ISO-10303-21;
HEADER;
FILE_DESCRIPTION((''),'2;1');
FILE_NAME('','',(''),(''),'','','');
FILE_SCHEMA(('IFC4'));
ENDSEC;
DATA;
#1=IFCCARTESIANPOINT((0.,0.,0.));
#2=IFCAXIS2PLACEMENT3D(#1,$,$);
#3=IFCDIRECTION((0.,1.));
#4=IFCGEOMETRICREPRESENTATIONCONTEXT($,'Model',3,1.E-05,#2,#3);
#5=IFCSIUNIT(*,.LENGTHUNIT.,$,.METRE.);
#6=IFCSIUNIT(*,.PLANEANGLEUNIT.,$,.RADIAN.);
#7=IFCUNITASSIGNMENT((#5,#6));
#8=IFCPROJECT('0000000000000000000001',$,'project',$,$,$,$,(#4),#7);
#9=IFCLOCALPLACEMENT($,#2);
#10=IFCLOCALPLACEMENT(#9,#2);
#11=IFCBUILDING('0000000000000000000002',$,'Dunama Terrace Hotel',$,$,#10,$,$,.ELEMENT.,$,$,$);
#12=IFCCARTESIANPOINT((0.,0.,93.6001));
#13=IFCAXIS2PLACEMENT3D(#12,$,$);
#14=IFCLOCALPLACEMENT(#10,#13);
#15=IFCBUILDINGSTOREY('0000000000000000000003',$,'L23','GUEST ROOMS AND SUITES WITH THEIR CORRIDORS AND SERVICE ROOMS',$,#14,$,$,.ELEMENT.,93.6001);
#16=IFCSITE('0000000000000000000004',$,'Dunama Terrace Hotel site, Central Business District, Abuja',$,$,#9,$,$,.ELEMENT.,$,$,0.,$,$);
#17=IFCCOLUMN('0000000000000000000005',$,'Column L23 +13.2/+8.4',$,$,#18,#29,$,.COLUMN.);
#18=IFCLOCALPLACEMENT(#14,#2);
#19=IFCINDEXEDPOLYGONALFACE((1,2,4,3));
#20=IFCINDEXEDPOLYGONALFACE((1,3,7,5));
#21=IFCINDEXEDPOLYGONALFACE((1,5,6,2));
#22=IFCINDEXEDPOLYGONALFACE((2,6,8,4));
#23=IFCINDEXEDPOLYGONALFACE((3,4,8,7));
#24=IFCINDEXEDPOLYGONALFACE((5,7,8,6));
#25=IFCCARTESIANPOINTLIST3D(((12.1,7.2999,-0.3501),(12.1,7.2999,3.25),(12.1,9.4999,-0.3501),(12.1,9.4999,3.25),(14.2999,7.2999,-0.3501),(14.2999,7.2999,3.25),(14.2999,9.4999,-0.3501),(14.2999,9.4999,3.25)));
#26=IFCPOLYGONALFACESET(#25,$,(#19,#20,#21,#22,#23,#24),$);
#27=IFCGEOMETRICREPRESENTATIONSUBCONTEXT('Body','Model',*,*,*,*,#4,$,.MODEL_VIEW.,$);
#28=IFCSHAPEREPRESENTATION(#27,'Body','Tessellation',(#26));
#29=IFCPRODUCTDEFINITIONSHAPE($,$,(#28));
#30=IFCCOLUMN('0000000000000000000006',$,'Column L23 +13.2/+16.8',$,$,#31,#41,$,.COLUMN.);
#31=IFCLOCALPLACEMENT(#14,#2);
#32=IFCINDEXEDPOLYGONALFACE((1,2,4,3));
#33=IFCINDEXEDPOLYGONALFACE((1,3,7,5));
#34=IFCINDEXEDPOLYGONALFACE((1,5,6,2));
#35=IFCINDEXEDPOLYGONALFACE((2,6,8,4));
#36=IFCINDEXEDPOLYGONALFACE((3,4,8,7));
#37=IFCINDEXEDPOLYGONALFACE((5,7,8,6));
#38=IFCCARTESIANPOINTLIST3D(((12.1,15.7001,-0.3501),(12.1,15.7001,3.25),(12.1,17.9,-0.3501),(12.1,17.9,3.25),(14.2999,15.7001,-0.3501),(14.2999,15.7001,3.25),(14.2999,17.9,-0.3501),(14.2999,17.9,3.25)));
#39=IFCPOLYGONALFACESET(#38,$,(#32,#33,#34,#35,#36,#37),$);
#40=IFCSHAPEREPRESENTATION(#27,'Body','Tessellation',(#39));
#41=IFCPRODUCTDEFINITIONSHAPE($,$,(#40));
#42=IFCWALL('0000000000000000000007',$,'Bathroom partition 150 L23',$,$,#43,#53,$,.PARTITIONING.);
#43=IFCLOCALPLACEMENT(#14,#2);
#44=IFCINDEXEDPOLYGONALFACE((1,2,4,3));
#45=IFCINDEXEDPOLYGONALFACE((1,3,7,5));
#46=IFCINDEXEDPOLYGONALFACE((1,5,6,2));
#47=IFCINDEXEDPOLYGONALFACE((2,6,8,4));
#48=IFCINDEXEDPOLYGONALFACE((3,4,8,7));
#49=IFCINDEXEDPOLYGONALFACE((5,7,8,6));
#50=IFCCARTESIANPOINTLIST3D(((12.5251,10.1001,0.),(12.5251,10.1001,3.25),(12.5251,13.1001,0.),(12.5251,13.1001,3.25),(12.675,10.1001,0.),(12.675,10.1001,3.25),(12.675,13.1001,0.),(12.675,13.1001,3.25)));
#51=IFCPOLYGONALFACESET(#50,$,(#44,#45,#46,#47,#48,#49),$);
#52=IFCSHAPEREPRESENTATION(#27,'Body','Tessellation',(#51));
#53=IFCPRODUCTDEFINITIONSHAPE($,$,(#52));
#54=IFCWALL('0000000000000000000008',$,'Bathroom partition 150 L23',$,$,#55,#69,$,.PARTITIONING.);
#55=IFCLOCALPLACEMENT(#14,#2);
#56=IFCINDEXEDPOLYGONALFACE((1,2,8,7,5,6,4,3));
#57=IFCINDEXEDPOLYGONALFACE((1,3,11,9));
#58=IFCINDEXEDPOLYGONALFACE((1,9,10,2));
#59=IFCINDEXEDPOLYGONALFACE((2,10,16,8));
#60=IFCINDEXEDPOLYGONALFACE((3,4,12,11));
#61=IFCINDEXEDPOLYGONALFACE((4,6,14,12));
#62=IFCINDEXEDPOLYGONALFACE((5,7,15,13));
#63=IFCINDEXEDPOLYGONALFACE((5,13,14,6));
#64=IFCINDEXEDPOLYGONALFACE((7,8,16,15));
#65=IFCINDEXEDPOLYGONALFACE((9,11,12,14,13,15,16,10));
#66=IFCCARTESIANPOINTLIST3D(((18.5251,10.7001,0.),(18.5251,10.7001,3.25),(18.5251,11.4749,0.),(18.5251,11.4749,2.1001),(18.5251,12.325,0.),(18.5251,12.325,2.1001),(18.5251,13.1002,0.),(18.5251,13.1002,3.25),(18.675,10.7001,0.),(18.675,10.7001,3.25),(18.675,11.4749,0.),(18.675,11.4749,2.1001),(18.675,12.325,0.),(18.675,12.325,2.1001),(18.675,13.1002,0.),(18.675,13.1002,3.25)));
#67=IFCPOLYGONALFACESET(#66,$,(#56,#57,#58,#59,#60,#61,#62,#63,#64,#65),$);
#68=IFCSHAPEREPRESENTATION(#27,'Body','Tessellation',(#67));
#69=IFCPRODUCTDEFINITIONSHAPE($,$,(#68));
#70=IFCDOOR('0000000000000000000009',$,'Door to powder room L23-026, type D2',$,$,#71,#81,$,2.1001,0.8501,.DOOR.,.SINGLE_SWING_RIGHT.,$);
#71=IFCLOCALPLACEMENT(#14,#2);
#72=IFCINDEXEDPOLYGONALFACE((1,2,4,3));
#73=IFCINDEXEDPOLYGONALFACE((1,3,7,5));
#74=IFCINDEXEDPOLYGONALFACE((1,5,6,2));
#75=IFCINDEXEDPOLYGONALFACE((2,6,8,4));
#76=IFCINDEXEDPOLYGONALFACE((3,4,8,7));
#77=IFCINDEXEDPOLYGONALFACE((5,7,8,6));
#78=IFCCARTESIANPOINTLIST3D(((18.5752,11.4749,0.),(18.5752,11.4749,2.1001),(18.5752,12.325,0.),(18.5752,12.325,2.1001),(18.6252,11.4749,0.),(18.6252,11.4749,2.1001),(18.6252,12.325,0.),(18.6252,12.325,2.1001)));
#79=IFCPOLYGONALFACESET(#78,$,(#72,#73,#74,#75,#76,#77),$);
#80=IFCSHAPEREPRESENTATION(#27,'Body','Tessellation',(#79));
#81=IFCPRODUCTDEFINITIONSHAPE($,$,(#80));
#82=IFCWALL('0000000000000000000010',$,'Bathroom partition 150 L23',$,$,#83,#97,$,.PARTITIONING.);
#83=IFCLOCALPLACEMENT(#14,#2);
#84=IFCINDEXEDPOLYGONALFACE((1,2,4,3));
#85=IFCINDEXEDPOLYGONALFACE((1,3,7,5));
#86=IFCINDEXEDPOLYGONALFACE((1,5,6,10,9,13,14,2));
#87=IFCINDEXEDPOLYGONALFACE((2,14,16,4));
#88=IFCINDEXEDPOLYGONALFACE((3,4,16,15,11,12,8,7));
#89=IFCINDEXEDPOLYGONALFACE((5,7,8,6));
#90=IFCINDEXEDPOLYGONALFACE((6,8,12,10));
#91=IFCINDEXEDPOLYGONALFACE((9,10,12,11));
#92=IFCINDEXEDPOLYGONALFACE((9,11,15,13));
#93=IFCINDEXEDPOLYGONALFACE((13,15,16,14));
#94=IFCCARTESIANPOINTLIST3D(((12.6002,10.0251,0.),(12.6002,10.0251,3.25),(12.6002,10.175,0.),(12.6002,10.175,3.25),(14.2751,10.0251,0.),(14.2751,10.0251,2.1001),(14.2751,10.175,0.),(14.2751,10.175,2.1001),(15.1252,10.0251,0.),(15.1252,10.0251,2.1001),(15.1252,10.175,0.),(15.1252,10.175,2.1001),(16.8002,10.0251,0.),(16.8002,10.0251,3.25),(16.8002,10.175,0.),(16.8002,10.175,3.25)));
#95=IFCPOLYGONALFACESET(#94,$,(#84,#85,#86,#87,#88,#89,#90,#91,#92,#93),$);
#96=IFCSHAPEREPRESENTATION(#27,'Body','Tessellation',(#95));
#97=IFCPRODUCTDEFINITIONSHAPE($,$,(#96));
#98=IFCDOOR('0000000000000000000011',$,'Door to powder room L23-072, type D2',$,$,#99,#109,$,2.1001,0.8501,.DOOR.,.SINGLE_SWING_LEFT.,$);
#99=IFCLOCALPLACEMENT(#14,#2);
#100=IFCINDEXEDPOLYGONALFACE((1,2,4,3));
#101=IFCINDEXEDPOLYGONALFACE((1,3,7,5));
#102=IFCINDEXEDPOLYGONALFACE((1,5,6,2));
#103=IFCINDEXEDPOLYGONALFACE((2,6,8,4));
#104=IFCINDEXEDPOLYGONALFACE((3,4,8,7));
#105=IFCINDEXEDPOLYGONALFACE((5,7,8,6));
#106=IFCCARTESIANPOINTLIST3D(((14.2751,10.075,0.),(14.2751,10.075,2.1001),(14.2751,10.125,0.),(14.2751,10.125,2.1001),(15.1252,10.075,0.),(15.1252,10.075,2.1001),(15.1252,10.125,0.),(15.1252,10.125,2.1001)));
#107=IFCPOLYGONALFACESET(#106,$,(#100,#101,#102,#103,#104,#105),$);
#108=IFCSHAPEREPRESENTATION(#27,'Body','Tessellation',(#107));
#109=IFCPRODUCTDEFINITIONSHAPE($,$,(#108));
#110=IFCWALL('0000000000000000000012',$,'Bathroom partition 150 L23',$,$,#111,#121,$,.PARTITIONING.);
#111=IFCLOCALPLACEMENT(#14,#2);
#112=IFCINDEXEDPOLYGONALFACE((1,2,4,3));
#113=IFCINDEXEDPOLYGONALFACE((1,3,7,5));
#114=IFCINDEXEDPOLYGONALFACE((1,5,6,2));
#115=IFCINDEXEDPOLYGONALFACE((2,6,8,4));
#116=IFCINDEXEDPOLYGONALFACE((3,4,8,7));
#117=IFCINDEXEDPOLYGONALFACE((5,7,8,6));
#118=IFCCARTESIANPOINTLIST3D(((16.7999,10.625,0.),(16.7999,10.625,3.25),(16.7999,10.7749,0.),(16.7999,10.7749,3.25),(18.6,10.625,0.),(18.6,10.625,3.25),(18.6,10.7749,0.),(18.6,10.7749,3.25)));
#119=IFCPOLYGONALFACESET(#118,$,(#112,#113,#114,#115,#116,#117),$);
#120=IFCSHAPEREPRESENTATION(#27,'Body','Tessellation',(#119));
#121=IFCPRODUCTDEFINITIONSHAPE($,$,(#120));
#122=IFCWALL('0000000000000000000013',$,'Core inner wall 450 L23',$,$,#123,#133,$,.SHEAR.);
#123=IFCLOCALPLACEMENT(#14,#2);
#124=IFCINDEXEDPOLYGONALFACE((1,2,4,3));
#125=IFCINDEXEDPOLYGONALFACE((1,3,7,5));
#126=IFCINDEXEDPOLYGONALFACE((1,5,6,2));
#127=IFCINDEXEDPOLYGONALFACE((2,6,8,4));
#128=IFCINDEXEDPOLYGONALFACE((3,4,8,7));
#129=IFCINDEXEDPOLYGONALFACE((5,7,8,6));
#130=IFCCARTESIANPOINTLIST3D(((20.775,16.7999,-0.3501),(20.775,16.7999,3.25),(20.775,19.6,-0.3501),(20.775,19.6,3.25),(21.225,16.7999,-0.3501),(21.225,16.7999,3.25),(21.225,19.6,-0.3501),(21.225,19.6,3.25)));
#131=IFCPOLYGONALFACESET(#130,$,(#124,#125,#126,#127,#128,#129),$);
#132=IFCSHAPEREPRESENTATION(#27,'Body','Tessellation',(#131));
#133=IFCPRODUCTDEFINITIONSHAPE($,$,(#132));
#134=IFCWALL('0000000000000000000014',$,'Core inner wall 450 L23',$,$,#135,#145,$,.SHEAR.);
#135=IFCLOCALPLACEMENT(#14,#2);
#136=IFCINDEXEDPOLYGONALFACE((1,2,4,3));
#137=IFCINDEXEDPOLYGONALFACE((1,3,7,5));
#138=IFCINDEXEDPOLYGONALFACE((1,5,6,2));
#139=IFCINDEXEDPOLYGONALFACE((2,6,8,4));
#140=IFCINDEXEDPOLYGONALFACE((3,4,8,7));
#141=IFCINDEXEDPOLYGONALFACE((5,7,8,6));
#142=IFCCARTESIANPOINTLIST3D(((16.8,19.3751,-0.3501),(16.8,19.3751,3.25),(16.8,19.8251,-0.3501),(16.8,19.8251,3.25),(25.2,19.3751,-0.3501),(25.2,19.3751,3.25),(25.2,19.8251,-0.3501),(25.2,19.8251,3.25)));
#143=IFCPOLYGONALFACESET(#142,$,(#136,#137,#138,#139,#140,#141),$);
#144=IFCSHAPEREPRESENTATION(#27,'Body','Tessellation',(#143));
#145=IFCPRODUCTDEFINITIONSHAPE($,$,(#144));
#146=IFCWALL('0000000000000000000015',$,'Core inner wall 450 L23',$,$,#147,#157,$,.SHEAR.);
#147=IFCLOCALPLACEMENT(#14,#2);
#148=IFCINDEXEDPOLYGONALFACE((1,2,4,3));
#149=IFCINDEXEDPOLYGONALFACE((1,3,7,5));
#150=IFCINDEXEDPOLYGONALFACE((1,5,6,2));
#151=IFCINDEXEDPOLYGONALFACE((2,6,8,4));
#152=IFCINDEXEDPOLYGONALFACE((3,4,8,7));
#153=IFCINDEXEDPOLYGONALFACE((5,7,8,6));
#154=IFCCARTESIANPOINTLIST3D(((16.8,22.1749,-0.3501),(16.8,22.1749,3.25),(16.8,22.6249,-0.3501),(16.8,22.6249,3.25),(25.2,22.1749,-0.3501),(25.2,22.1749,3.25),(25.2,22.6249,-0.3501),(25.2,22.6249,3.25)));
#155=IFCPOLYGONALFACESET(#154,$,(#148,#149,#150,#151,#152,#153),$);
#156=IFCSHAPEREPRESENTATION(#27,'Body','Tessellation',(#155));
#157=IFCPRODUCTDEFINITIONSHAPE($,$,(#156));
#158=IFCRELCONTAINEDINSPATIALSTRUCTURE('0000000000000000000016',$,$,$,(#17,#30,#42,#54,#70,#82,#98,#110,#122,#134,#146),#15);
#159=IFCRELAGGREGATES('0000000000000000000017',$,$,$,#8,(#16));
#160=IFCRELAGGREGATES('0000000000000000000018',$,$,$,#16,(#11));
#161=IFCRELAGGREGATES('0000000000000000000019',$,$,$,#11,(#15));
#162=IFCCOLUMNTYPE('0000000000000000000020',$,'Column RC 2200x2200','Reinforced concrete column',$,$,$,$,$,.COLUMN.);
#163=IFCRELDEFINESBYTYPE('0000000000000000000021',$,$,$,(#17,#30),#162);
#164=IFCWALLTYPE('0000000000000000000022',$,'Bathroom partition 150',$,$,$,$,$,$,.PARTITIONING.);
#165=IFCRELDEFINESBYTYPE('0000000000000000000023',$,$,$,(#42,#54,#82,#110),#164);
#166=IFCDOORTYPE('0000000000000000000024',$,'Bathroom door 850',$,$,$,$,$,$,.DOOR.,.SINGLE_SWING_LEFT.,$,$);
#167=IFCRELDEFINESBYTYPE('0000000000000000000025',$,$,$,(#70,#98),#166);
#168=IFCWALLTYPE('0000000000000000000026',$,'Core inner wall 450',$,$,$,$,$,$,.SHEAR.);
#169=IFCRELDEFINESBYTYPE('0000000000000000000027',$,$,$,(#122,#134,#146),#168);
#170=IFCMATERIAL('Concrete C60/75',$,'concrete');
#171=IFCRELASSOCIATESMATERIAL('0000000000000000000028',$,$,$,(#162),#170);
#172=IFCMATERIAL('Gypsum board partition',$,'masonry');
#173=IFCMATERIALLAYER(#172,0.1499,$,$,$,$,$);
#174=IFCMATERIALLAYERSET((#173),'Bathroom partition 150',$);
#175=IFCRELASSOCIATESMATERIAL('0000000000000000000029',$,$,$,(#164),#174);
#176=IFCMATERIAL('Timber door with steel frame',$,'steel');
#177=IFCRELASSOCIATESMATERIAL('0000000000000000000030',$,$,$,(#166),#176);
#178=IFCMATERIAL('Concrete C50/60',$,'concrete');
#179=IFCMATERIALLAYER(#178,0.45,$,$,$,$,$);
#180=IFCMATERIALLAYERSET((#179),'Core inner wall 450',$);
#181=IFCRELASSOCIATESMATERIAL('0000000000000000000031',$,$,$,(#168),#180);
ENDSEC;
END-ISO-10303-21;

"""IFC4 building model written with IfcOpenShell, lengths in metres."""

from ifc_helpers import new_model, si_unit, direction, frame, frame_2d, origin, origin_2d, place, context, subcontext, project, spatial, rectangle, extrude, material, layer, layer_set, material_profile, profile_set, type_object, element, fill, save


model = new_model("IFC4")

# Units and contexts
model_context = context("Model", 3, precision=1e-05, world=origin(), true_north=direction((0.0, 1.0)))
body_context = subcontext(model_context, "Body", "Model", "MODEL_VIEW")
ifc_project = project(units=[si_unit("LENGTHUNIT", "METRE"), si_unit("PLANEANGLEUNIT", "RADIAN")], contexts=[model_context])

# Site, building, storey
site_placement = place(None, origin())
site = spatial("IfcSite", under=ifc_project, at=site_placement, Name="Dunama Terrace Hotel site, Central Business District, Abuja", CompositionType="ELEMENT", RefElevation=0.0)
building_placement = place(site_placement, origin())
building = spatial("IfcBuilding", under=site, at=building_placement, Name="Dunama Terrace Hotel", CompositionType="ELEMENT")
storey_placement = place(building_placement, frame((0.0, 0.0, 93.6001)))
storey = spatial("IfcBuildingStorey", under=building, at=storey_placement, Name="L23", Description="GUEST ROOMS AND SUITES WITH THEIR CORRIDORS AND SERVICE ROOMS", CompositionType="ELEMENT", Elevation=93.6001)

# Columns
ifc_material_1 = material(Name="Concrete C60/75", Category="concrete")
ifc_material_profile = material_profile(ifc_material_1, rectangle(XDim=2.2, YDim=2.2, at=origin_2d()), Name="RC 2200x2200")
ifc_profile_set = profile_set([ifc_material_profile], Name="Concrete C60/75")
column_type = type_object("IfcColumnType", Name="Column RC 2200x2200", Description="Reinforced concrete column", PredefinedType="COLUMN", material=ifc_profile_set)
for number, where, z_axis, x_axis, name in (
    (1, (13.2, 8.3999, -0.3501), (0.0, 0.0, 1.0), (1.0, 0.0, 0.0), "Column L23 +13.2/+8.4"),
    (2, (13.2, 16.8, -0.3501), (0.0, 0.0, 1.0), (1.0, 0.0, 0.0), "Column L23 +13.2/+16.8"),
):
    element("IfcColumn", number, at=place(storey_placement, frame(where, z_axis=z_axis, x_axis=x_axis)), inside=storey, type_object=column_type, Name=name, PredefinedType="COLUMN", context=body_context, shape_type="SweptSolid", body=[
        extrude(rectangle(XDim=2.2, YDim=2.2, at=origin_2d()), origin(), (0.0, 0.0, 1.0), 3.6001),
    ])

# Wall
ifc_material_2 = material(Name="Gypsum board partition", Category="masonry")
ifc_layer_1 = layer(ifc_material_2, 0.1499)
ifc_layer_set_1 = layer_set([ifc_layer_1], Name="Bathroom partition 150")
wall_type_1 = type_object("IfcWallType", Name="Bathroom partition 150", PredefinedType="PARTITIONING", material=ifc_layer_set_1)
wall_1_placement = place(storey_placement, frame((12.6001, 10.1001, 0.0), z_axis=(0.0, 0.0, 1.0), x_axis=(0.0, 1.0, 0.0)))
element("IfcWall", 3, at=wall_1_placement, inside=storey, type_object=wall_type_1, Name="Bathroom partition 150 L23", PredefinedType="PARTITIONING", context=body_context, shape_type="SweptSolid", body=[
    extrude(rectangle(XDim=3.0, YDim=0.1499, at=frame_2d((1.5, 0.0))), origin(), (0.0, 0.0, 1.0), 3.25),
])

# Walls, openings, doors
wall_2_placement = place(storey_placement, frame((18.6001, 10.7, 0.0), z_axis=(0.0, 0.0, 1.0), x_axis=(0.0, 1.0, 0.0)))
wall_2 = element("IfcWall", 4, at=wall_2_placement, inside=storey, type_object=wall_type_1, Name="Bathroom partition 150 L23", PredefinedType="PARTITIONING", context=body_context, shape_type="SweptSolid", body=[
    extrude(rectangle(XDim=2.4001, YDim=0.1499, at=frame_2d((1.2002, 0.0))), origin(), (0.0, 0.0, 1.0), 3.25),
])
opening_1_placement = place(wall_2_placement, frame((0.7749, 0.0, 0.0)))
opening_1 = element("IfcOpeningElement", 5, at=opening_1_placement, cuts=wall_2, PredefinedType="OPENING", context=body_context, shape_type="SweptSolid", body=[
    extrude(rectangle(XDim=0.8501, YDim=2.1001, at=frame_2d((0.425, 1.05))), frame((0.0, 0.085, 0.0), z_axis=(0.0, -1.0, 0.0), x_axis=(1.0, 0.0, 0.0)), (0.0, 0.0, 1.0), 0.1699),
])
ifc_material_3 = material(Name="Timber door with steel frame", Category="steel")
door_type_1 = type_object("IfcDoorType", Name="Bathroom door 850", OperationType="SINGLE_SWING_LEFT", PredefinedType="DOOR", material=ifc_material_3)
door_1_placement = place(opening_1_placement, origin())
door_1 = element("IfcDoor", 6, at=door_1_placement, inside=storey, type_object=door_type_1, Name="Door to powder room L23-026, type D2", OperationType="SINGLE_SWING_RIGHT", OverallHeight=2.1001, OverallWidth=0.8501, PredefinedType="DOOR", context=body_context, shape_type="SweptSolid", body=[
    extrude(rectangle(XDim=0.8501, YDim=2.1001, at=frame_2d((0.425, 1.05))), frame((0.0, 0.0249, 0.0), z_axis=(0.0, -1.0, 0.0), x_axis=(1.0, 0.0, 0.0)), (0.0, 0.0, 1.0), 0.05),
])
fill(opening_1, door_1)
wall_3_placement = place(storey_placement, frame((12.6001, 10.1001, 0.0), z_axis=(0.0, 0.0, 1.0), x_axis=(1.0, 0.0, 0.0)))
wall_3 = element("IfcWall", 7, at=wall_3_placement, inside=storey, type_object=wall_type_1, Name="Bathroom partition 150 L23", PredefinedType="PARTITIONING", context=body_context, shape_type="SweptSolid", body=[
    extrude(rectangle(XDim=4.2, YDim=0.1499, at=frame_2d((2.1001, 0.0))), origin(), (0.0, 0.0, 1.0), 3.25),
])
opening_2_placement = place(wall_3_placement, frame((1.675, 0.0, 0.0)))
opening_2 = element("IfcOpeningElement", 8, at=opening_2_placement, cuts=wall_3, PredefinedType="OPENING", context=body_context, shape_type="SweptSolid", body=[
    extrude(rectangle(XDim=0.8501, YDim=2.1001, at=frame_2d((0.425, 1.05))), frame((0.0, 0.085, 0.0), z_axis=(0.0, -1.0, 0.0), x_axis=(1.0, 0.0, 0.0)), (0.0, 0.0, 1.0), 0.1699),
])
door_2_placement = place(opening_2_placement, origin())
door_2 = element("IfcDoor", 9, at=door_2_placement, inside=storey, type_object=door_type_1, Name="Door to powder room L23-072, type D2", OperationType="SINGLE_SWING_LEFT", OverallHeight=2.1001, OverallWidth=0.8501, PredefinedType="DOOR", context=body_context, shape_type="SweptSolid", body=[
    extrude(rectangle(XDim=0.8501, YDim=2.1001, at=frame_2d((0.425, 1.05))), frame((0.0, 0.0249, 0.0), z_axis=(0.0, -1.0, 0.0), x_axis=(1.0, 0.0, 0.0)), (0.0, 0.0, 1.0), 0.05),
])
fill(opening_2, door_2)

# Walls
wall_4_placement = place(storey_placement, frame((16.8, 10.7, 0.0), z_axis=(0.0, 0.0, 1.0), x_axis=(1.0, 0.0, 0.0)))
element("IfcWall", 10, at=wall_4_placement, inside=storey, type_object=wall_type_1, Name="Bathroom partition 150 L23", PredefinedType="PARTITIONING", context=body_context, shape_type="SweptSolid", body=[
    extrude(rectangle(XDim=1.8, YDim=0.1499, at=frame_2d((0.8999, 0.0))), origin(), (0.0, 0.0, 1.0), 3.25),
])
ifc_material_4 = material(Name="Concrete C50/60", Category="concrete")
ifc_layer_2 = layer(ifc_material_4, 0.45)
ifc_layer_set_2 = layer_set([ifc_layer_2], Name="Core inner wall 450")
wall_type_2 = type_object("IfcWallType", Name="Core inner wall 450", PredefinedType="SHEAR", material=ifc_layer_set_2)
wall_5_placement = place(storey_placement, frame((21.0, 16.8, -0.3501), z_axis=(0.0, 0.0, 1.0), x_axis=(0.0, 1.0, 0.0)))
element("IfcWall", 11, at=wall_5_placement, inside=storey, type_object=wall_type_2, Name="Core inner wall 450 L23", PredefinedType="SHEAR", context=body_context, shape_type="SweptSolid", body=[
    extrude(rectangle(XDim=2.8, YDim=0.45, at=frame_2d((1.3999, 0.0))), origin(), (0.0, 0.0, 1.0), 3.6001),
])
for number, where, z_axis, x_axis, name in (
    (12, (16.8, 19.6001, -0.3501), (0.0, 0.0, 1.0), (1.0, 0.0, 0.0), "Core inner wall 450 L23"),
    (13, (16.8, 22.3999, -0.3501), (0.0, 0.0, 1.0), (1.0, 0.0, 0.0), "Core inner wall 450 L23"),
):
    element("IfcWall", number, at=place(storey_placement, frame(where, z_axis=z_axis, x_axis=x_axis)), inside=storey, type_object=wall_type_2, Name=name, PredefinedType="SHEAR", context=body_context, shape_type="SweptSolid", body=[
        extrude(rectangle(XDim=8.3999, YDim=0.45, at=frame_2d((4.2, 0.0))), origin(), (0.0, 0.0, 1.0), 3.6001),
    ])

save(model, "model.ifc")
